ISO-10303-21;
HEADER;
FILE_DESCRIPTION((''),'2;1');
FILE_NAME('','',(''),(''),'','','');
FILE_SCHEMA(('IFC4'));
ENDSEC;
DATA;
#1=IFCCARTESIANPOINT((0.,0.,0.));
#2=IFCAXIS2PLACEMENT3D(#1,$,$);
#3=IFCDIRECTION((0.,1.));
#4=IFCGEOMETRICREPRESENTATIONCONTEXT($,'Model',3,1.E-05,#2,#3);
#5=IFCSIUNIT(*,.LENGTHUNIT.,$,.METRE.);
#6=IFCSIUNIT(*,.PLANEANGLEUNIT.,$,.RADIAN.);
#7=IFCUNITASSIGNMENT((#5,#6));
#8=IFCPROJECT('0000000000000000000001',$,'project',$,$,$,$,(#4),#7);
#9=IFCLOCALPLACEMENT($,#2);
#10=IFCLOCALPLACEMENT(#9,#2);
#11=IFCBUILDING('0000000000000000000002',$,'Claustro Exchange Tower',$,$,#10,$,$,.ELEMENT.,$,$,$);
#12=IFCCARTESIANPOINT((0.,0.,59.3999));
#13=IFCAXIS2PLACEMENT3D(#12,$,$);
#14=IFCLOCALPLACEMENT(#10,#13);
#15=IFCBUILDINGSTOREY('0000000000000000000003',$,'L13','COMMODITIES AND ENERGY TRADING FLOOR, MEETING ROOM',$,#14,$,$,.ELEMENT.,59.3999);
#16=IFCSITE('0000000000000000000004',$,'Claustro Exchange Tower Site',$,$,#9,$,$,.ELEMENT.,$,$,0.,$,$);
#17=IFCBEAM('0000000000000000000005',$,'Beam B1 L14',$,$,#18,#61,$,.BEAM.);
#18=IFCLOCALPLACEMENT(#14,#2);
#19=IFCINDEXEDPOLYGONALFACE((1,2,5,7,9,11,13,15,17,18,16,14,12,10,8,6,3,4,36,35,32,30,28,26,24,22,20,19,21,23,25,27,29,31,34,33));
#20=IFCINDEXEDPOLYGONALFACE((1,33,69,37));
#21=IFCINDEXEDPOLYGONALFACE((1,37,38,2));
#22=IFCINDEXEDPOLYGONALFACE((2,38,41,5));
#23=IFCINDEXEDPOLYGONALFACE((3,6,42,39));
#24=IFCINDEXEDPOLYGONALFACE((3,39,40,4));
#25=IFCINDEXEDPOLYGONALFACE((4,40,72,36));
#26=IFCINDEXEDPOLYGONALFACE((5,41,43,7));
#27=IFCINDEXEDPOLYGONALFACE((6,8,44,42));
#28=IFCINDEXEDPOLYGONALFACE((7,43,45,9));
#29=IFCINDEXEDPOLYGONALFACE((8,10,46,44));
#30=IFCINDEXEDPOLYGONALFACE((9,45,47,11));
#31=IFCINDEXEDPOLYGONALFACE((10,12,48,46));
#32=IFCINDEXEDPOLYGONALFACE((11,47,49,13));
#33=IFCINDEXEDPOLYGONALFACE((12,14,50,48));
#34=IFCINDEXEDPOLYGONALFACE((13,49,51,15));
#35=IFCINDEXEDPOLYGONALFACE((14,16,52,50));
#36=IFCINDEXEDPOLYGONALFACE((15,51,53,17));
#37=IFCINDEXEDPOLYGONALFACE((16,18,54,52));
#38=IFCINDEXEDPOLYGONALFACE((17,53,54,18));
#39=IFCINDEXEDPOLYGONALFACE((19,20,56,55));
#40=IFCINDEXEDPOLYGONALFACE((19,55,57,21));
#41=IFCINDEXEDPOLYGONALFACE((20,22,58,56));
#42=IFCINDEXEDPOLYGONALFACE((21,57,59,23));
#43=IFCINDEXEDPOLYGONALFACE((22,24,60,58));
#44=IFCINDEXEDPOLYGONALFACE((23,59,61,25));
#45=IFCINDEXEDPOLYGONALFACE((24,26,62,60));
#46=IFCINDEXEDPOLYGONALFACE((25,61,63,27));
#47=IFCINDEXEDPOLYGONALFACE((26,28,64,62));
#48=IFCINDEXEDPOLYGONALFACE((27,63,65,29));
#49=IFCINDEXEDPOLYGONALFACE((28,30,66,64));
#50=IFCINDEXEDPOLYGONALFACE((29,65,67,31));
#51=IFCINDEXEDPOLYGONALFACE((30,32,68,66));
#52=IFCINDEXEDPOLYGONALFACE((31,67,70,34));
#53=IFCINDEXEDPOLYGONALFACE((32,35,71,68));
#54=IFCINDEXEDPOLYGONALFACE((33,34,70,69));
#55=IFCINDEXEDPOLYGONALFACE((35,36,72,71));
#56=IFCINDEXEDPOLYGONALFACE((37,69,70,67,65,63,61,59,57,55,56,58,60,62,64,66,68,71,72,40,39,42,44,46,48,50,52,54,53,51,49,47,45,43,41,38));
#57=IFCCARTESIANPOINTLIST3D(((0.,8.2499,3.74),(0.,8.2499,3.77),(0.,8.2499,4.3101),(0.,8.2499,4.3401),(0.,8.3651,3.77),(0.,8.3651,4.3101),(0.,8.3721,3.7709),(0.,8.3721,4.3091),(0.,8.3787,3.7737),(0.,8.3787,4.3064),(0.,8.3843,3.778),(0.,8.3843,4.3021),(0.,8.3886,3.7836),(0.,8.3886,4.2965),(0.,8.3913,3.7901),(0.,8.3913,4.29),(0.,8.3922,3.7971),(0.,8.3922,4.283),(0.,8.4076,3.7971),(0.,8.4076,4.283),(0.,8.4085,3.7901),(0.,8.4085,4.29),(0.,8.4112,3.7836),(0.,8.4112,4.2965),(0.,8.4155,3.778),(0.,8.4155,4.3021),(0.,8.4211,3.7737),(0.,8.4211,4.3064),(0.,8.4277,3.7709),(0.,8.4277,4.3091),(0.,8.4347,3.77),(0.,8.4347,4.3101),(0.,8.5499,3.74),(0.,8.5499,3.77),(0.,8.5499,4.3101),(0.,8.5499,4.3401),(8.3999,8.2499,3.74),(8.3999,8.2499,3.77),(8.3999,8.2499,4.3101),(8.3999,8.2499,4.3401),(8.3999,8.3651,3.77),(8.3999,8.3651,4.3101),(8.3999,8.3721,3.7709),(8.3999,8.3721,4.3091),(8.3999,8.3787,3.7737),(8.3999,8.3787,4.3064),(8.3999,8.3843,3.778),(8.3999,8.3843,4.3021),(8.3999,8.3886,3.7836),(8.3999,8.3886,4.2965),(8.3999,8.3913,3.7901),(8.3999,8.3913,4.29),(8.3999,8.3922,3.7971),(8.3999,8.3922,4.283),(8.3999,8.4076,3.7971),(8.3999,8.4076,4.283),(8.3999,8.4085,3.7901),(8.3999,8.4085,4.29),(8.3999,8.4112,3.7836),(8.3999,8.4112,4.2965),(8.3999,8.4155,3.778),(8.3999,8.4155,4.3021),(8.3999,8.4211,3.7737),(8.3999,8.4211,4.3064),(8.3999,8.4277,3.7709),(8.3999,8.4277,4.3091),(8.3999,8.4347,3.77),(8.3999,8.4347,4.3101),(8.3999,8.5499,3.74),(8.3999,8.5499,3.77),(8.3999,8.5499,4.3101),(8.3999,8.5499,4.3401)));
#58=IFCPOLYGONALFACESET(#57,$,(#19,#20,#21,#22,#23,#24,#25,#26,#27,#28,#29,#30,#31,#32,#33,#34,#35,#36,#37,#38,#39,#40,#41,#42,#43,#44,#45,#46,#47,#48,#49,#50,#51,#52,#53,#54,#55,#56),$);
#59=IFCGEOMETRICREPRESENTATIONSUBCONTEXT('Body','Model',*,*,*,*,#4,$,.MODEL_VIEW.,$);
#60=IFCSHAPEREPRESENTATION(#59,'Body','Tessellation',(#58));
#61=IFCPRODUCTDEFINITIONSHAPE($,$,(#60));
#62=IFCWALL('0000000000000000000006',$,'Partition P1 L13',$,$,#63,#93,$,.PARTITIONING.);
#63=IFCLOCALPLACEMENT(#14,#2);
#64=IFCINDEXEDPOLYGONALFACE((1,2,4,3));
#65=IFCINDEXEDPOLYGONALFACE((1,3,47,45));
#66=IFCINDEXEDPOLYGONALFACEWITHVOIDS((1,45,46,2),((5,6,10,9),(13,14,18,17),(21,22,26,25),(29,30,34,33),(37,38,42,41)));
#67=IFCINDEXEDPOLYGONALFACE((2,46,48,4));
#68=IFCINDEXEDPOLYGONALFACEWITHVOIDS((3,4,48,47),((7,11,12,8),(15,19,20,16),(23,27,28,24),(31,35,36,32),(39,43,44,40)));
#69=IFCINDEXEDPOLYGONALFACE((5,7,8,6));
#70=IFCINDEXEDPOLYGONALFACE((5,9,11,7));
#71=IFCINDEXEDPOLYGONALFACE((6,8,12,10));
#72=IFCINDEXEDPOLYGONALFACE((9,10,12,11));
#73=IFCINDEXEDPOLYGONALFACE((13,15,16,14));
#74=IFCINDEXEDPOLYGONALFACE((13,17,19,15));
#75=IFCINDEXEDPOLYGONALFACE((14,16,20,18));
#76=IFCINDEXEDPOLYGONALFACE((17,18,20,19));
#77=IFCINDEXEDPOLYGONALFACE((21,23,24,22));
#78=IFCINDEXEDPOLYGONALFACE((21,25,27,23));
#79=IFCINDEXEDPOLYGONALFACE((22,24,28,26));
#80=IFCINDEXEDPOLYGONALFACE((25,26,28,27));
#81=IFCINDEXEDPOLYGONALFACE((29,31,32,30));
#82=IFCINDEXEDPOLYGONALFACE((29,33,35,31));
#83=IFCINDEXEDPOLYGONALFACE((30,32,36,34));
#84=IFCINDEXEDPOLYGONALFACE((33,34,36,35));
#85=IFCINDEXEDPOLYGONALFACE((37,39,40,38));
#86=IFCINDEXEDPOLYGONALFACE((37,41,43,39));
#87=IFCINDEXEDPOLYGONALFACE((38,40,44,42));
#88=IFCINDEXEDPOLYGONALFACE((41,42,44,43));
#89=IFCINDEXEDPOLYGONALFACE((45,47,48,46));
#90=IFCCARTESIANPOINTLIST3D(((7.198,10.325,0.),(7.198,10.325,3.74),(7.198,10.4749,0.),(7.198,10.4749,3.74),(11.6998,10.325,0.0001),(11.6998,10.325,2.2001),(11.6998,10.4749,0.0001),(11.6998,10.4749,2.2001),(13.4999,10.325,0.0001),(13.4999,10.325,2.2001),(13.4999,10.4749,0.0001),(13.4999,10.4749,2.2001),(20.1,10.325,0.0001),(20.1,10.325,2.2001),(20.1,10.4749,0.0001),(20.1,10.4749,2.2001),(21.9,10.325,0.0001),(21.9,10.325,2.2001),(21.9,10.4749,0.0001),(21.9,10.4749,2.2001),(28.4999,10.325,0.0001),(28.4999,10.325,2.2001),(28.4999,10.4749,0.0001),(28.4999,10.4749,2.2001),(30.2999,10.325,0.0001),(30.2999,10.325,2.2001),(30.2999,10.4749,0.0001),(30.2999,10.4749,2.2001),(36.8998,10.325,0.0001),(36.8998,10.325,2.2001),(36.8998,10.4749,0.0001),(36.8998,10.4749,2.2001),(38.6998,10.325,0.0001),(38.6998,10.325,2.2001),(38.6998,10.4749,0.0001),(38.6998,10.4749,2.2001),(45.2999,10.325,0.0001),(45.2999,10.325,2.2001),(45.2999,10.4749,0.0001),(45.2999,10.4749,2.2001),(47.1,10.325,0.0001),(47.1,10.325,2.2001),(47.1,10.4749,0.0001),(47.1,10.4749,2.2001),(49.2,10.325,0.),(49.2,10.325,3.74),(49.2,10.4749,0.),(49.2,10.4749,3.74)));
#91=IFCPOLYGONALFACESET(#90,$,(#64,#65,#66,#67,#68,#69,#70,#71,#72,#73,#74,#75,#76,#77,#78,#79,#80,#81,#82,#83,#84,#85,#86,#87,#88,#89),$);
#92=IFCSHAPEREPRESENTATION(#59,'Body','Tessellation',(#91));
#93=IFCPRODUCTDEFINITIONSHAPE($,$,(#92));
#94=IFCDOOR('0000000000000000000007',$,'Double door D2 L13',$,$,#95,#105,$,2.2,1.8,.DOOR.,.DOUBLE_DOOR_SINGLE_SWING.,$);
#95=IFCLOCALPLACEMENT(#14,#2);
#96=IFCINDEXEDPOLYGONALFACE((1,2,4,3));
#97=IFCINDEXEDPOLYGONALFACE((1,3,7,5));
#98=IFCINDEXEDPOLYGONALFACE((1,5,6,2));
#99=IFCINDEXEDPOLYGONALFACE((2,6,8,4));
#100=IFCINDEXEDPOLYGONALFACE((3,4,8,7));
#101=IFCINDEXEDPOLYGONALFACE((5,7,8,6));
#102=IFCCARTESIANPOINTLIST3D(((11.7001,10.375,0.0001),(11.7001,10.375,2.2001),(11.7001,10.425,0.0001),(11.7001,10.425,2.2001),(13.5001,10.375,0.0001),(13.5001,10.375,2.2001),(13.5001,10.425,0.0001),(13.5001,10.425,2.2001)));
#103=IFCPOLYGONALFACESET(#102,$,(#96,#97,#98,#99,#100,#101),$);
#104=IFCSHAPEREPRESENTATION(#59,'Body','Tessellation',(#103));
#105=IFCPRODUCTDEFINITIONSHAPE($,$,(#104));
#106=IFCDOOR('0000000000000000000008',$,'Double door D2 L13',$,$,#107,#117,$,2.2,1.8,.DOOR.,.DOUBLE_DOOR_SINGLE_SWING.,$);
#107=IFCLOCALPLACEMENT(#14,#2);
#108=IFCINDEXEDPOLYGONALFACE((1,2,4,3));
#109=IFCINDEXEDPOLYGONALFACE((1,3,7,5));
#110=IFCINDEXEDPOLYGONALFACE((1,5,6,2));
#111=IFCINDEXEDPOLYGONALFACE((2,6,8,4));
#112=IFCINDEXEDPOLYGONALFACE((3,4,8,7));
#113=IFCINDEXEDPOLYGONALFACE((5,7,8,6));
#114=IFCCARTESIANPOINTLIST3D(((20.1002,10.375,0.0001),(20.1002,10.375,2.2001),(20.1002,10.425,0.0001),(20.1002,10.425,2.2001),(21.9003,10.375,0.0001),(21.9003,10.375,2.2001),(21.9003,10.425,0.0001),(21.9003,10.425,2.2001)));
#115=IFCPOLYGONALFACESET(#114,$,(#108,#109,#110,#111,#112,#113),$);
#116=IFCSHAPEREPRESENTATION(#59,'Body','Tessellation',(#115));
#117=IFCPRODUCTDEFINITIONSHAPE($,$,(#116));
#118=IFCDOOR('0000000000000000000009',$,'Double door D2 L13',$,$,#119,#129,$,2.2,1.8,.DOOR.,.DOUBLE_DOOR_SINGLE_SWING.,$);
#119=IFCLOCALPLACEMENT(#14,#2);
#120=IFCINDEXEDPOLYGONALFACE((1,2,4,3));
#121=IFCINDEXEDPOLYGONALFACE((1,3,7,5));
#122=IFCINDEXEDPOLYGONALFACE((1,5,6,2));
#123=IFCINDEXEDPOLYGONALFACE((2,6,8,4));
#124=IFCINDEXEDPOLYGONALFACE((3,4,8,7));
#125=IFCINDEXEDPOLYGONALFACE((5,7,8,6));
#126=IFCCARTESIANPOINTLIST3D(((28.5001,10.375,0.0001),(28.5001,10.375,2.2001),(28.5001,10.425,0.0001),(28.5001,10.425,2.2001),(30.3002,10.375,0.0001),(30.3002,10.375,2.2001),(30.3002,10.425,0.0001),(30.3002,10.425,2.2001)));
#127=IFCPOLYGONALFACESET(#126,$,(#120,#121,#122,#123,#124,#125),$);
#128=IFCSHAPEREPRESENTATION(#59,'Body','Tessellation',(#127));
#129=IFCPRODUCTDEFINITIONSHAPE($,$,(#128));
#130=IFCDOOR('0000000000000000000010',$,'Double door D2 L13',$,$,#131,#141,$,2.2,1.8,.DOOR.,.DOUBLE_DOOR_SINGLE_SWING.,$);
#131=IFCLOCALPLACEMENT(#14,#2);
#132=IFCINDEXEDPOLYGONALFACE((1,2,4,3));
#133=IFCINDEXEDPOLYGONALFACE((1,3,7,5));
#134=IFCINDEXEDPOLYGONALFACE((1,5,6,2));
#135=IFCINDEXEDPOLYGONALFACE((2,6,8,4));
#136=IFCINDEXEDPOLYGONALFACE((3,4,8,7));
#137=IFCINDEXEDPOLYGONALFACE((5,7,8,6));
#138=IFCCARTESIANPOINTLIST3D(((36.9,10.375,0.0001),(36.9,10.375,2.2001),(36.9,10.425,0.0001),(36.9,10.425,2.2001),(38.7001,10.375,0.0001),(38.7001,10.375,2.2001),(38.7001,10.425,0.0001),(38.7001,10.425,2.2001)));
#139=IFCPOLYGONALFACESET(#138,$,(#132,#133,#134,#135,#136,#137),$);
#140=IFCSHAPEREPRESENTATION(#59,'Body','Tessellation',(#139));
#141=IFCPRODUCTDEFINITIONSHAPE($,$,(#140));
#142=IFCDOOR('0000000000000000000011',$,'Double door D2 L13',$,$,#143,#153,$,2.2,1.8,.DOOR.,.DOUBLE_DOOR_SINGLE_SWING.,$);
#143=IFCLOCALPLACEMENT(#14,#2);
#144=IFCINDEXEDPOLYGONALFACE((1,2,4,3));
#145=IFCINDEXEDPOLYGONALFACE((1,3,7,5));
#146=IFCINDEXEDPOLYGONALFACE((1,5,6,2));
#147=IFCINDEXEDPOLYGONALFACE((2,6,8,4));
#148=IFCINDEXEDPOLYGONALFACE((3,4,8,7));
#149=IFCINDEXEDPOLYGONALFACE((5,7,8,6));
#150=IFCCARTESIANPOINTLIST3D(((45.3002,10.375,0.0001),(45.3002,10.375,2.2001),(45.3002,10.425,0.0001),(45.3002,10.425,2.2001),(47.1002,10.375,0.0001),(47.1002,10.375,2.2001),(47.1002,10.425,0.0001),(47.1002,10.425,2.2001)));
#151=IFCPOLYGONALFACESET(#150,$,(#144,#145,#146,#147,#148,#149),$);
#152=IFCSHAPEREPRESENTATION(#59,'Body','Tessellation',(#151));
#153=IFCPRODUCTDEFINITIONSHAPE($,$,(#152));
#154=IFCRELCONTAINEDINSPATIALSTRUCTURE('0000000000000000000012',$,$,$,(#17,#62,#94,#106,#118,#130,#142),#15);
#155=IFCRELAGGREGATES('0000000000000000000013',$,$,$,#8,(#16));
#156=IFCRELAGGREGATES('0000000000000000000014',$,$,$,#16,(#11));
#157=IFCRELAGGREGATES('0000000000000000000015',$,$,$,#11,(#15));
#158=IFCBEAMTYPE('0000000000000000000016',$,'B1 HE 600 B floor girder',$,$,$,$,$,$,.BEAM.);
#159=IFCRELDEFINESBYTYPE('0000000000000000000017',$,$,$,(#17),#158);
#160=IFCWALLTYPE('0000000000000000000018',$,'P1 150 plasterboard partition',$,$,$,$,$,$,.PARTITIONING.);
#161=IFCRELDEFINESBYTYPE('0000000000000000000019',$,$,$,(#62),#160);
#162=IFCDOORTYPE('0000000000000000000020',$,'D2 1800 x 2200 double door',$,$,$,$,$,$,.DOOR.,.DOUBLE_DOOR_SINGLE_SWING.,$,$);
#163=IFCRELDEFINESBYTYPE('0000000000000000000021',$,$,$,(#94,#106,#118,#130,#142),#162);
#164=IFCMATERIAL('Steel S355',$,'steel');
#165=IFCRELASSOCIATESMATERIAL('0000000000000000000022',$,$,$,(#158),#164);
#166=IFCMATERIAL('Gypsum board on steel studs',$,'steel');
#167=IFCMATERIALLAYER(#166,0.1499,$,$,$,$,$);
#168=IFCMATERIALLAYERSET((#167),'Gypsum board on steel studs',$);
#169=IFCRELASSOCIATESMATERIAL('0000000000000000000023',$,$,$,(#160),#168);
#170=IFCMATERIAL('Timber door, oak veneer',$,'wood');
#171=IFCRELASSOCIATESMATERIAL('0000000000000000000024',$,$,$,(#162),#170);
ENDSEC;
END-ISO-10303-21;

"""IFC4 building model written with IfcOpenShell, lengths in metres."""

from ifc_helpers import new_model, si_unit, direction, frame, frame_2d, origin, origin_2d, place, context, subcontext, project, spatial, rectangle, i_section, extrude, material, layer, layer_set, material_profile, profile_set, type_object, element, fill, save


model = new_model("IFC4")

# Units and contexts
model_context = context("Model", 3, precision=1e-05, world=origin(), true_north=direction((0.0, 1.0)))
body_context = subcontext(model_context, "Body", "Model", "MODEL_VIEW")
ifc_project = project(units=[si_unit("LENGTHUNIT", "METRE"), si_unit("PLANEANGLEUNIT", "RADIAN")], contexts=[model_context])

# Site, building, storey
site_placement = place(None, origin())
site = spatial("IfcSite", under=ifc_project, at=site_placement, Name="Claustro Exchange Tower Site", CompositionType="ELEMENT", RefElevation=0.0)
building_placement = place(site_placement, origin())
building = spatial("IfcBuilding", under=site, at=building_placement, Name="Claustro Exchange Tower", CompositionType="ELEMENT")
storey_placement = place(building_placement, frame((0.0, 0.0, 59.3999)))
storey = spatial("IfcBuildingStorey", under=building, at=storey_placement, Name="L13", Description="COMMODITIES AND ENERGY TRADING FLOOR, MEETING ROOM", CompositionType="ELEMENT", Elevation=59.3999)

# Beam
ifc_material_1 = material(Name="Steel S355", Category="steel")
ifc_material_profile = material_profile(ifc_material_1, i_section(OverallWidth=0.3, OverallDepth=0.6001, WebThickness=0.0154, FlangeThickness=0.03, FilletRadius=0.0271, at=origin_2d()), Name="HE 600 B")
ifc_profile_set = profile_set([ifc_material_profile], Name="Steel S355")
beam_type = type_object("IfcBeamType", Name="B1 HE 600 B floor girder", PredefinedType="BEAM", material=ifc_profile_set)
beam_placement = place(storey_placement, frame((0.0, 8.3999, 4.04), z_axis=(1.0, 0.0, 0.0), x_axis=(0.0, 1.0, 0.0)))
element("IfcBeam", 1, at=beam_placement, inside=storey, type_object=beam_type, Name="Beam B1 L14", PredefinedType="BEAM", context=body_context, shape_type="SweptSolid", body=[
    extrude(i_section(OverallWidth=0.3, OverallDepth=0.6001, WebThickness=0.0154, FlangeThickness=0.03, FilletRadius=0.0271, at=origin_2d()), origin(), (0.0, 0.0, 1.0), 8.3999),
])

# Wall, openings, doors
ifc_material_2 = material(Name="Gypsum board on steel studs", Category="steel")
ifc_layer_1 = layer(ifc_material_2, 0.1499)
ifc_layer_set_1 = layer_set([ifc_layer_1], Name="Gypsum board on steel studs")
wall_type_1 = type_object("IfcWallType", Name="P1 150 plasterboard partition", PredefinedType="PARTITIONING", material=ifc_layer_set_1)
wall_1_placement = place(storey_placement, frame((7.198, 10.3999, 0.0), z_axis=(0.0, 0.0, 1.0), x_axis=(1.0, 0.0, 0.0)))
wall_1 = element("IfcWall", 2, at=wall_1_placement, inside=storey, type_object=wall_type_1, Name="Partition P1 L13", PredefinedType="PARTITIONING", context=body_context, shape_type="SweptSolid", body=[
    extrude(rectangle(XDim=42.002, YDim=0.1499, at=frame_2d((21.001, 0.0))), origin(), (0.0, 0.0, 1.0), 3.74),
])
opening_1_placement = place(wall_1_placement, frame((4.502, 0.0, 0.0)))
opening_1 = element("IfcOpeningElement", 3, at=opening_1_placement, cuts=wall_1, PredefinedType="OPENING", context=body_context, shape_type="SweptSolid", body=[
    extrude(rectangle(XDim=1.8, YDim=2.2, at=frame_2d((0.8999, 1.1001))), frame((0.0, 0.085, 0.0), z_axis=(0.0, -1.0, 0.0), x_axis=(1.0, 0.0, 0.0)), (0.0, 0.0, 1.0), 0.1699),
])
opening_2_placement = place(wall_1_placement, frame((12.9021, 0.0, 0.0)))
opening_2 = element("IfcOpeningElement", 4, at=opening_2_placement, cuts=wall_1, PredefinedType="OPENING", context=body_context, shape_type="SweptSolid", body=[
    extrude(rectangle(XDim=1.8, YDim=2.2, at=frame_2d((0.8999, 1.1001))), frame((0.0, 0.085, 0.0), z_axis=(0.0, -1.0, 0.0), x_axis=(1.0, 0.0, 0.0)), (0.0, 0.0, 1.0), 0.1699),
])
opening_3_placement = place(wall_1_placement, frame((21.302, 0.0, 0.0)))
opening_3 = element("IfcOpeningElement", 5, at=opening_3_placement, cuts=wall_1, PredefinedType="OPENING", context=body_context, shape_type="SweptSolid", body=[
    extrude(rectangle(XDim=1.8, YDim=2.2, at=frame_2d((0.8999, 1.1001))), frame((0.0, 0.085, 0.0), z_axis=(0.0, -1.0, 0.0), x_axis=(1.0, 0.0, 0.0)), (0.0, 0.0, 1.0), 0.1699),
])
opening_4_placement = place(wall_1_placement, frame((29.7019, 0.0, 0.0)))
opening_4 = element("IfcOpeningElement", 6, at=opening_4_placement, cuts=wall_1, PredefinedType="OPENING", context=body_context, shape_type="SweptSolid", body=[
    extrude(rectangle(XDim=1.8, YDim=2.2, at=frame_2d((0.8999, 1.1001))), frame((0.0, 0.085, 0.0), z_axis=(0.0, -1.0, 0.0), x_axis=(1.0, 0.0, 0.0)), (0.0, 0.0, 1.0), 0.1699),
])
opening_5_placement = place(wall_1_placement, frame((38.1021, 0.0, 0.0)))
opening_5 = element("IfcOpeningElement", 7, at=opening_5_placement, cuts=wall_1, PredefinedType="OPENING", context=body_context, shape_type="SweptSolid", body=[
    extrude(rectangle(XDim=1.8, YDim=2.2, at=frame_2d((0.8999, 1.1001))), frame((0.0, 0.085, 0.0), z_axis=(0.0, -1.0, 0.0), x_axis=(1.0, 0.0, 0.0)), (0.0, 0.0, 1.0), 0.1699),
])
ifc_material_3 = material(Name="Timber door, oak veneer", Category="wood")
door_type_1 = type_object("IfcDoorType", Name="D2 1800 x 2200 double door", OperationType="DOUBLE_DOOR_SINGLE_SWING", PredefinedType="DOOR", material=ifc_material_3)
door_1_placement = place(opening_1_placement, frame((1.8, 0.0, 0.0), z_axis=(0.0, 0.0, 1.0), x_axis=(-1.0, 0.0, 0.0)))
door_1 = element("IfcDoor", 8, at=door_1_placement, inside=storey, type_object=door_type_1, Name="Double door D2 L13", OperationType="DOUBLE_DOOR_SINGLE_SWING", OverallHeight=2.2, OverallWidth=1.8, PredefinedType="DOOR", context=body_context, shape_type="SweptSolid", body=[
    extrude(rectangle(XDim=1.8, YDim=2.2, at=frame_2d((0.8999, 1.1001))), frame((0.0, 0.0249, 0.0), z_axis=(0.0, -1.0, 0.0), x_axis=(1.0, 0.0, 0.0)), (0.0, 0.0, 1.0), 0.05),
])
fill(opening_1, door_1)
door_2_placement = place(opening_2_placement, frame((1.8, 0.0, 0.0), z_axis=(0.0, 0.0, 1.0), x_axis=(-1.0, 0.0, 0.0)))
door_2 = element("IfcDoor", 9, at=door_2_placement, inside=storey, type_object=door_type_1, Name="Double door D2 L13", OperationType="DOUBLE_DOOR_SINGLE_SWING", OverallHeight=2.2, OverallWidth=1.8, PredefinedType="DOOR", context=body_context, shape_type="SweptSolid", body=[
    extrude(rectangle(XDim=1.8, YDim=2.2, at=frame_2d((0.8999, 1.1001))), frame((0.0, 0.0249, 0.0), z_axis=(0.0, -1.0, 0.0), x_axis=(1.0, 0.0, 0.0)), (0.0, 0.0, 1.0), 0.05),
])
fill(opening_2, door_2)
door_3_placement = place(opening_3_placement, frame((1.8, 0.0, 0.0), z_axis=(0.0, 0.0, 1.0), x_axis=(-1.0, 0.0, 0.0)))
door_3 = element("IfcDoor", 10, at=door_3_placement, inside=storey, type_object=door_type_1, Name="Double door D2 L13", OperationType="DOUBLE_DOOR_SINGLE_SWING", OverallHeight=2.2, OverallWidth=1.8, PredefinedType="DOOR", context=body_context, shape_type="SweptSolid", body=[
    extrude(rectangle(XDim=1.8, YDim=2.2, at=frame_2d((0.8999, 1.1001))), frame((0.0, 0.0249, 0.0), z_axis=(0.0, -1.0, 0.0), x_axis=(1.0, 0.0, 0.0)), (0.0, 0.0, 1.0), 0.05),
])
fill(opening_3, door_3)
door_4_placement = place(opening_4_placement, frame((1.8, 0.0, 0.0), z_axis=(0.0, 0.0, 1.0), x_axis=(-1.0, 0.0, 0.0)))
door_4 = element("IfcDoor", 11, at=door_4_placement, inside=storey, type_object=door_type_1, Name="Double door D2 L13", OperationType="DOUBLE_DOOR_SINGLE_SWING", OverallHeight=2.2, OverallWidth=1.8, PredefinedType="DOOR", context=body_context, shape_type="SweptSolid", body=[
    extrude(rectangle(XDim=1.8, YDim=2.2, at=frame_2d((0.8999, 1.1001))), frame((0.0, 0.0249, 0.0), z_axis=(0.0, -1.0, 0.0), x_axis=(1.0, 0.0, 0.0)), (0.0, 0.0, 1.0), 0.05),
])
fill(opening_4, door_4)
door_5_placement = place(opening_5_placement, frame((1.8, 0.0, 0.0), z_axis=(0.0, 0.0, 1.0), x_axis=(-1.0, 0.0, 0.0)))
door_5 = element("IfcDoor", 12, at=door_5_placement, inside=storey, type_object=door_type_1, Name="Double door D2 L13", OperationType="DOUBLE_DOOR_SINGLE_SWING", OverallHeight=2.2, OverallWidth=1.8, PredefinedType="DOOR", context=body_context, shape_type="SweptSolid", body=[
    extrude(rectangle(XDim=1.8, YDim=2.2, at=frame_2d((0.8999, 1.1001))), frame((0.0, 0.0249, 0.0), z_axis=(0.0, -1.0, 0.0), x_axis=(1.0, 0.0, 0.0)), (0.0, 0.0, 1.0), 0.05),
])
fill(opening_5, door_5)

save(model, "model.ifc")
